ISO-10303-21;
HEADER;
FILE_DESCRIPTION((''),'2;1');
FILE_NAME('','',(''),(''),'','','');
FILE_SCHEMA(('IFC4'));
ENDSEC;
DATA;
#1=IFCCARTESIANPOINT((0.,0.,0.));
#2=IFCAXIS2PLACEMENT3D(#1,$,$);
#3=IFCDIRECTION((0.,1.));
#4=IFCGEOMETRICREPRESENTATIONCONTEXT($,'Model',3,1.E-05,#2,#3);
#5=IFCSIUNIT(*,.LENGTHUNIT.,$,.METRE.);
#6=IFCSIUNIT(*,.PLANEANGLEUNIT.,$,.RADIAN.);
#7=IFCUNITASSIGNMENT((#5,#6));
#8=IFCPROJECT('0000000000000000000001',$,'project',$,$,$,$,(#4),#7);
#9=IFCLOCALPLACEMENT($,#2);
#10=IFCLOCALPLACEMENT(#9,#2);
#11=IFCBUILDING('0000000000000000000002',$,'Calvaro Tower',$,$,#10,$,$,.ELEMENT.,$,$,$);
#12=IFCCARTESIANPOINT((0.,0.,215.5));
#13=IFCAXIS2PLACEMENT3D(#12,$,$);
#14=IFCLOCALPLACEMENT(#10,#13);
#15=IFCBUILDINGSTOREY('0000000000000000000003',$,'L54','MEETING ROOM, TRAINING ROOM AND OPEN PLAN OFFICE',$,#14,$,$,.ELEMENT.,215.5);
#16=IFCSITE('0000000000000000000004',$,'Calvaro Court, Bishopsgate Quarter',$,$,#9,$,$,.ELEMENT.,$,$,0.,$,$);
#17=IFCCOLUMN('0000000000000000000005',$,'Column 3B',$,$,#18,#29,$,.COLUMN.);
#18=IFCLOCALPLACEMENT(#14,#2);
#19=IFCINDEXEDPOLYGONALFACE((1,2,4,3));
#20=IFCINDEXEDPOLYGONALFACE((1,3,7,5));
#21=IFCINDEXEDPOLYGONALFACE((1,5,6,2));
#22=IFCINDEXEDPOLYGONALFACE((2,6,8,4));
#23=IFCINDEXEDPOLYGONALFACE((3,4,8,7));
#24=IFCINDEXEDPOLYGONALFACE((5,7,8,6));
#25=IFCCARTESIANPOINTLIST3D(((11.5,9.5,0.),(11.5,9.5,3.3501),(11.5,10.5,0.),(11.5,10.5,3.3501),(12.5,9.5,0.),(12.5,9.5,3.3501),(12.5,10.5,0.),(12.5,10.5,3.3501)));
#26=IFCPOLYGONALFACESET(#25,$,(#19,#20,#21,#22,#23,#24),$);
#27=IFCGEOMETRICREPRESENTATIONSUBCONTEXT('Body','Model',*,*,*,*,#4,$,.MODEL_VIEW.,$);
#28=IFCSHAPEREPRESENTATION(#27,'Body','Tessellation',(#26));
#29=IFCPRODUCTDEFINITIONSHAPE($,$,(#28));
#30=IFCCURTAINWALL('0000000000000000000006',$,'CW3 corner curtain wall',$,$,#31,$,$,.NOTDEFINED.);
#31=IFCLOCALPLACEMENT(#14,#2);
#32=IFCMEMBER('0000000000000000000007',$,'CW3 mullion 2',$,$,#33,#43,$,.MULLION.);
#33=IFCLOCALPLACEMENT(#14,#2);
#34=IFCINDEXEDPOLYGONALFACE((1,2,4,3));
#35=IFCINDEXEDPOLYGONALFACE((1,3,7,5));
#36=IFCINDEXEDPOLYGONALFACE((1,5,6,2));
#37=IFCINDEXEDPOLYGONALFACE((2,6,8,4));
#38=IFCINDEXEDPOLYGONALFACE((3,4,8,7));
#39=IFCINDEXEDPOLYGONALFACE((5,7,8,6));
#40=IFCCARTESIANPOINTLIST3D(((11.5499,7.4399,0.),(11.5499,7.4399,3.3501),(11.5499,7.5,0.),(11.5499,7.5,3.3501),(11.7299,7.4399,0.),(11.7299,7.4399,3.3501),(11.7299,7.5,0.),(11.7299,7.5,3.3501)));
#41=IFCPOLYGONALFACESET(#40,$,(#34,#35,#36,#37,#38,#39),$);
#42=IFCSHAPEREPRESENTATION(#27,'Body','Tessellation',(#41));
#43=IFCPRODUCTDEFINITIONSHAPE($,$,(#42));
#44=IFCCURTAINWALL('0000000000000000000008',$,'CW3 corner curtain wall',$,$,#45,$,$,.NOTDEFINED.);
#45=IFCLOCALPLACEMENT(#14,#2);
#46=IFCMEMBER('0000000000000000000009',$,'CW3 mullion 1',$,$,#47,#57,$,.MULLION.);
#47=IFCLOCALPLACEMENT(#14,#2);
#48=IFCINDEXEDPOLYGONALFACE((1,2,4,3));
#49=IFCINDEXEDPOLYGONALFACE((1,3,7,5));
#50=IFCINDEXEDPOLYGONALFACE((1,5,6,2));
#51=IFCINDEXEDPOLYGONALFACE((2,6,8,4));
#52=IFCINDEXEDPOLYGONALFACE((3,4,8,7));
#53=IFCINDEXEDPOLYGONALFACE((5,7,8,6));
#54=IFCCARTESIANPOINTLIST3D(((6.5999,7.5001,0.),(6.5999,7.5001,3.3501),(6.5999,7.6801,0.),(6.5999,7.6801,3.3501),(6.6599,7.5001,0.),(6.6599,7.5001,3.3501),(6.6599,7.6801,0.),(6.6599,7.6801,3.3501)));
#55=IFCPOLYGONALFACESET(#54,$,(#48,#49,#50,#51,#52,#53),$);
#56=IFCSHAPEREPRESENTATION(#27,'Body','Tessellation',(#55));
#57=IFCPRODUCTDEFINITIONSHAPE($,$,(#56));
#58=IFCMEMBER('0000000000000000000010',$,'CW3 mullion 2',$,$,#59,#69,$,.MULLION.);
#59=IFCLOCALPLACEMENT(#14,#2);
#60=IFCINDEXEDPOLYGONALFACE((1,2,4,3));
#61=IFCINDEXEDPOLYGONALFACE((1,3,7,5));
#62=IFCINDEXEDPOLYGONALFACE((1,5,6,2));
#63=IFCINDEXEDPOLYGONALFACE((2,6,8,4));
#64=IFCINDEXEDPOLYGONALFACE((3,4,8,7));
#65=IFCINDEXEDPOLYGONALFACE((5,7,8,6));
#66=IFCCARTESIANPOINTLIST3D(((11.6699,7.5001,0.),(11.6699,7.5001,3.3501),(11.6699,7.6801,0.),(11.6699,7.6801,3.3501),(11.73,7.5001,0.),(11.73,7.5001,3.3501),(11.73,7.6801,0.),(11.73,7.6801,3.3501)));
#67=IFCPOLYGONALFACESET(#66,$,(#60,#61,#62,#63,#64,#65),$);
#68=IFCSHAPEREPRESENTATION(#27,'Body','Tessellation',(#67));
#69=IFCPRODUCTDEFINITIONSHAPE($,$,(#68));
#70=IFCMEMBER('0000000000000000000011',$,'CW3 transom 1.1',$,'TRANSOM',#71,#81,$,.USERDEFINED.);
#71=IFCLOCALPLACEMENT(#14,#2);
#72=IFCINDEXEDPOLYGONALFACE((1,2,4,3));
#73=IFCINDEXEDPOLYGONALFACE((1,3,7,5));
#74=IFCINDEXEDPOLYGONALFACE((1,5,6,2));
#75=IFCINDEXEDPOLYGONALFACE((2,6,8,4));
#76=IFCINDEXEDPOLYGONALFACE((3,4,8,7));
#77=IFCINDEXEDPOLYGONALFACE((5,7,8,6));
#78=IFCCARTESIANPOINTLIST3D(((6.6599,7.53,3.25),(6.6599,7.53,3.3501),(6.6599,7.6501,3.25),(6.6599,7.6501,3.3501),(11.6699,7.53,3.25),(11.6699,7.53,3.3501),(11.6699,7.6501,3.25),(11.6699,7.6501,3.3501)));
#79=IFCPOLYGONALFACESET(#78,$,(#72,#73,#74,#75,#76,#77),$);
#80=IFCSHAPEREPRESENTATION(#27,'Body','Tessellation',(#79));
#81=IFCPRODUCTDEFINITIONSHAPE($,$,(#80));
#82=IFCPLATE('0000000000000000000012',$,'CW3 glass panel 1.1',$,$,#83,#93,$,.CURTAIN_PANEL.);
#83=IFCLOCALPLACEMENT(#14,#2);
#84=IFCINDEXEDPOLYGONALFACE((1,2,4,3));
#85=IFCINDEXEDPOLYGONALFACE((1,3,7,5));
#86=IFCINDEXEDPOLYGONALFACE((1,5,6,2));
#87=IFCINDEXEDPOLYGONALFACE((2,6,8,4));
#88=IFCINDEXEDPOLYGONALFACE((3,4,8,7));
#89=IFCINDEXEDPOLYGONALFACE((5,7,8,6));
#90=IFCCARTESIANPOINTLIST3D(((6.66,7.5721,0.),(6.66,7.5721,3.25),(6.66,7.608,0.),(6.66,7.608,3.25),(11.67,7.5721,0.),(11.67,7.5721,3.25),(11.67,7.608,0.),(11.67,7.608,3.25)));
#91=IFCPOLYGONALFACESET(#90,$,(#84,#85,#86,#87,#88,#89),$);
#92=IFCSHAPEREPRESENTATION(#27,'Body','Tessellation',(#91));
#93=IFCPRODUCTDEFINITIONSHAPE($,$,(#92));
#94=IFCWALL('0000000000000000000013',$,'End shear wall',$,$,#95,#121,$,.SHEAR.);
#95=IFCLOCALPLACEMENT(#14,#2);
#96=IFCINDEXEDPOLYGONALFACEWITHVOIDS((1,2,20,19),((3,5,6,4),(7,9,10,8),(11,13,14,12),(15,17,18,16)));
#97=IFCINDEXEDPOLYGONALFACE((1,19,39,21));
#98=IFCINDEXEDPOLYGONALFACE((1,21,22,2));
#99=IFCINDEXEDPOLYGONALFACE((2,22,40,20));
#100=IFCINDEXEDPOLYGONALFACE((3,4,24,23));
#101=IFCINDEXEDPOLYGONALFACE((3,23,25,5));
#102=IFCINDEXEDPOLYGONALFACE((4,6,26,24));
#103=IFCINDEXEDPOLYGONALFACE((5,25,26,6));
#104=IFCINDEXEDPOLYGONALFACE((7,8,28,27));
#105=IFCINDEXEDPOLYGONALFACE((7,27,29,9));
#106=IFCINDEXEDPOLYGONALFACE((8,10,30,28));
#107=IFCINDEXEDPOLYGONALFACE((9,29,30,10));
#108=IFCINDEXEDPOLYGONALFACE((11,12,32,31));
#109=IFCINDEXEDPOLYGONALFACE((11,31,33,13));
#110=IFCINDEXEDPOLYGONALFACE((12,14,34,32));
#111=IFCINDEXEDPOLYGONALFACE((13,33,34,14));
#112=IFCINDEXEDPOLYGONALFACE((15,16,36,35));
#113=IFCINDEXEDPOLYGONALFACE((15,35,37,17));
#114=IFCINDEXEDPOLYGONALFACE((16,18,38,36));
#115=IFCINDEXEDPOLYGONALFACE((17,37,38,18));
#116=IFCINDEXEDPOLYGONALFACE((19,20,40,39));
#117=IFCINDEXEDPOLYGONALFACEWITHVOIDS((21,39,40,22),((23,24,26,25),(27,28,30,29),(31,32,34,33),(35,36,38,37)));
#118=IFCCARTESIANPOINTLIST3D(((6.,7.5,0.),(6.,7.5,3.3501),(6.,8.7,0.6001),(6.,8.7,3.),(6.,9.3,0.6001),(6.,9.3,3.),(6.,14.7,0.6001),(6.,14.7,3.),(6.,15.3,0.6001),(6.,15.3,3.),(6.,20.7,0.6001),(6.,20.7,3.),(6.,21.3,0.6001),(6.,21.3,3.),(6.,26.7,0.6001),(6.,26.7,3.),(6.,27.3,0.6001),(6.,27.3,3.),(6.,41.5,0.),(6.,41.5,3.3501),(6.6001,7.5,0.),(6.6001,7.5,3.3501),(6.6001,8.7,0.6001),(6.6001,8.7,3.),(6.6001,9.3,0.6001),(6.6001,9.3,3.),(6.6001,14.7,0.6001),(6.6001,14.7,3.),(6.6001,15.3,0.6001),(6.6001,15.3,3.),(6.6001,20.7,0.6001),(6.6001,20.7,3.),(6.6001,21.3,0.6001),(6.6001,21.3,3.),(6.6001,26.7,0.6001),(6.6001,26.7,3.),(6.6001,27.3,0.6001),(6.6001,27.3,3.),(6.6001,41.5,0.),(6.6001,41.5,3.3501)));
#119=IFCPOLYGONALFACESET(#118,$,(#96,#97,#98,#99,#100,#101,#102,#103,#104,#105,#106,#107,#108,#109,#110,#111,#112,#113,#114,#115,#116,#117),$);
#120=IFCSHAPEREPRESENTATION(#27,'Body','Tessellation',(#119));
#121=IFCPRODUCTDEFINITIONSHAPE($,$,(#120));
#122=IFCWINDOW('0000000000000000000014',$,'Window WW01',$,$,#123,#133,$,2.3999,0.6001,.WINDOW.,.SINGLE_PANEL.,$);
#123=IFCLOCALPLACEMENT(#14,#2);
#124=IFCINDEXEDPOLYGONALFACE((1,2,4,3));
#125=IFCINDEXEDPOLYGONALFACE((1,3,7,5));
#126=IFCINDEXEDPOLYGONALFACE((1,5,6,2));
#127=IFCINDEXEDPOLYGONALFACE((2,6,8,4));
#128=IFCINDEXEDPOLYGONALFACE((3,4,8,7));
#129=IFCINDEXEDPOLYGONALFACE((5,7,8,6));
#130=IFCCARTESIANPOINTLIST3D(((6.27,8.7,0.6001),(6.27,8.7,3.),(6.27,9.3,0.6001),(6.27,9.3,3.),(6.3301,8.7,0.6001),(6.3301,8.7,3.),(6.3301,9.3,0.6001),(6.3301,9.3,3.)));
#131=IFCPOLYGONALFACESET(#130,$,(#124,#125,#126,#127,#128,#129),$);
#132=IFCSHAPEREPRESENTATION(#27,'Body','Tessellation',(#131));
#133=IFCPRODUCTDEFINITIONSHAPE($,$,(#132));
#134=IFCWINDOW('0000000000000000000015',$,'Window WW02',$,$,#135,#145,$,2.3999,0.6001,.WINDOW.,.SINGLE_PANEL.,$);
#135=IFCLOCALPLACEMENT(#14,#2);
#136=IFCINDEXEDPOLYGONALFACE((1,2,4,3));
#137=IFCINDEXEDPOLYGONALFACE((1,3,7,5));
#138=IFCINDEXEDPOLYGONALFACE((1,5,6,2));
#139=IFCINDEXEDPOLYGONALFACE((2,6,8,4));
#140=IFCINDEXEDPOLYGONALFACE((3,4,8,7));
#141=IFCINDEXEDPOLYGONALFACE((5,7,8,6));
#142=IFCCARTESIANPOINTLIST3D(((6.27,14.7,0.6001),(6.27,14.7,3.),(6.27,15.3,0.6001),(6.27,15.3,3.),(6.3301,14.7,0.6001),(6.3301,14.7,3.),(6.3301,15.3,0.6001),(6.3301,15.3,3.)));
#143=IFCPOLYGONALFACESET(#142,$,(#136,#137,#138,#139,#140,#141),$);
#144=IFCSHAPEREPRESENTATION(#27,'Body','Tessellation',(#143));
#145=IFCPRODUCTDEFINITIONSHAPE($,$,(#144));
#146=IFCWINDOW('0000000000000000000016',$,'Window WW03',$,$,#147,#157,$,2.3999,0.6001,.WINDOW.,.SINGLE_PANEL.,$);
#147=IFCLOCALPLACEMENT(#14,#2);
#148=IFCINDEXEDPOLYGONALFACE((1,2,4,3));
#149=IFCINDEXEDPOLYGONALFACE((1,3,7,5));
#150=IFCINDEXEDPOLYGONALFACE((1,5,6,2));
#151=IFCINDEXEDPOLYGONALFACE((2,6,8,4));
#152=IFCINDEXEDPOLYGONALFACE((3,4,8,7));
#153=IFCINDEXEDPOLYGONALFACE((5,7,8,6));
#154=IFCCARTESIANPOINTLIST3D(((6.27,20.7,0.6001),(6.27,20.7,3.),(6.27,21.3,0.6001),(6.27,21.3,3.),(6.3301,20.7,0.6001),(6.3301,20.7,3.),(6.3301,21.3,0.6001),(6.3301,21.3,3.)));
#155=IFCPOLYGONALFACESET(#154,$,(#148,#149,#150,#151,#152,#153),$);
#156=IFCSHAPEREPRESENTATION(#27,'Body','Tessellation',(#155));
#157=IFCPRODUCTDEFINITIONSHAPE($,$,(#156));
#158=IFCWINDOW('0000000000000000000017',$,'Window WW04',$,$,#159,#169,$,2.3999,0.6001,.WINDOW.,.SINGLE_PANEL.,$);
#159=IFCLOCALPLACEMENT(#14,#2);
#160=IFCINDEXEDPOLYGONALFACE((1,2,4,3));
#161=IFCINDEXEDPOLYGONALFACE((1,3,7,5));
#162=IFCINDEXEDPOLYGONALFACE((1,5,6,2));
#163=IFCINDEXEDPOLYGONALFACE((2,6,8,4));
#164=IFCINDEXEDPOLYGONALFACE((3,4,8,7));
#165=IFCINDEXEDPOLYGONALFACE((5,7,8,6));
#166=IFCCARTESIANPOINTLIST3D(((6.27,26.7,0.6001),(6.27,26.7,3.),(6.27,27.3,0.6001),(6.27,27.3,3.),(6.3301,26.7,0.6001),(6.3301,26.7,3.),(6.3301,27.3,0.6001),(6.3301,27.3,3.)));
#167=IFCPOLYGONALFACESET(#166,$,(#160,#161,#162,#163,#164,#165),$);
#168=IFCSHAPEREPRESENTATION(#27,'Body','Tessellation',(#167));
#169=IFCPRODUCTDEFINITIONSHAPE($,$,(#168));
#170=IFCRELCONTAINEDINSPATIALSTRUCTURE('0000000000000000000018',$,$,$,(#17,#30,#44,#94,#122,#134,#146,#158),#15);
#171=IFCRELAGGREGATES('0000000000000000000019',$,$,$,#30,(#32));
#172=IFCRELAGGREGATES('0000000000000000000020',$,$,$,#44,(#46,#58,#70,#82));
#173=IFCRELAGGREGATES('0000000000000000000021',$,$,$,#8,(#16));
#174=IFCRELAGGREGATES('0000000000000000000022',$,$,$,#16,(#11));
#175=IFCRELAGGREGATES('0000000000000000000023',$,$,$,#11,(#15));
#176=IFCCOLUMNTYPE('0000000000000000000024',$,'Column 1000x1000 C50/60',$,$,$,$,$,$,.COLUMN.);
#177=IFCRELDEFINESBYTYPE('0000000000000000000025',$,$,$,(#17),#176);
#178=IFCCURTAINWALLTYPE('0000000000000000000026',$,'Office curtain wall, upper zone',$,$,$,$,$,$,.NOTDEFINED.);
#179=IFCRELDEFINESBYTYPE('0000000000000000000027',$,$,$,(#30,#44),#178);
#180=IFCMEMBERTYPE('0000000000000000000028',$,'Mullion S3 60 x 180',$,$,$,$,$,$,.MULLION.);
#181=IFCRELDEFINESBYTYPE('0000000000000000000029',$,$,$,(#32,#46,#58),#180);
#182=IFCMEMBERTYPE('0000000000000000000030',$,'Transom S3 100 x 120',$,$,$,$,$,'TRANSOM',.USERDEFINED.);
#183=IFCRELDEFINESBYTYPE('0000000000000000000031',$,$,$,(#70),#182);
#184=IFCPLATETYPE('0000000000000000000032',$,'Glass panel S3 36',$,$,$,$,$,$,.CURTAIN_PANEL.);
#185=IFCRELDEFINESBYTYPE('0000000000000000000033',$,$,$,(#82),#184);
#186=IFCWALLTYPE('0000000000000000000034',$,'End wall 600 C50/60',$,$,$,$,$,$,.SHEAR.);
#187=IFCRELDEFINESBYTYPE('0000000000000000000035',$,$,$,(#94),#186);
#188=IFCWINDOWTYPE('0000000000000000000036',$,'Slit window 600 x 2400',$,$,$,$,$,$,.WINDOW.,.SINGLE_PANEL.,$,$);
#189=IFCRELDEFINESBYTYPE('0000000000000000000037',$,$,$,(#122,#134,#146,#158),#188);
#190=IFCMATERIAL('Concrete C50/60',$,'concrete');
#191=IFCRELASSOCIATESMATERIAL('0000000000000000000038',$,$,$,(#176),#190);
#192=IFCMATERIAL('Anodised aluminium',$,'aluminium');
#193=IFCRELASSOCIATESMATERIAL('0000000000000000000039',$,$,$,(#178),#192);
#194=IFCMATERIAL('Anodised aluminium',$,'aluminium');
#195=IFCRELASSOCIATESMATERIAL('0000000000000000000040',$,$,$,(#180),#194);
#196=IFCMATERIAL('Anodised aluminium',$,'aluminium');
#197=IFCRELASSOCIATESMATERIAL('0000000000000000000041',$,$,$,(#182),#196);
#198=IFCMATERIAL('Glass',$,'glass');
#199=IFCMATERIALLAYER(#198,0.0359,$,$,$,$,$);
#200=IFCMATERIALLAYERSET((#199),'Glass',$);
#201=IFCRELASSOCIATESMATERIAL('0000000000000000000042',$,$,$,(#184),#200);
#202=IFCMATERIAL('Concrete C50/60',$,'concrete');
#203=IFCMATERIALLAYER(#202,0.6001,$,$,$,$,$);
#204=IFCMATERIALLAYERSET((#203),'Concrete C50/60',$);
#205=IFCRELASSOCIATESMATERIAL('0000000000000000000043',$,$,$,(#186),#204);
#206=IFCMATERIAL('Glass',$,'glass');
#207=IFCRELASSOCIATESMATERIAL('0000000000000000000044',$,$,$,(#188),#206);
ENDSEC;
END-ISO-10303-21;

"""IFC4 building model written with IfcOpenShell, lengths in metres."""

from ifc_helpers import new_model, si_unit, direction, frame, frame_2d, origin, origin_2d, place, context, subcontext, project, spatial, rectangle, extrude, material, layer, layer_set, material_profile, profile_set, type_object, element, fill, aggregate, save


model = new_model("IFC4")

# Units and contexts
model_context = context("Model", 3, precision=1e-05, world=origin(), true_north=direction((0.0, 1.0)))
body_context = subcontext(model_context, "Body", "Model", "MODEL_VIEW")
ifc_project = project(units=[si_unit("LENGTHUNIT", "METRE"), si_unit("PLANEANGLEUNIT", "RADIAN")], contexts=[model_context])

# Site, building, storey
site_placement = place(None, origin())
site = spatial("IfcSite", under=ifc_project, at=site_placement, Name="Calvaro Court, Bishopsgate Quarter", CompositionType="ELEMENT", RefElevation=0.0)
building_placement = place(site_placement, origin())
building = spatial("IfcBuilding", under=site, at=building_placement, Name="Calvaro Tower", CompositionType="ELEMENT")
storey_placement = place(building_placement, frame((0.0, 0.0, 215.5)))
storey = spatial("IfcBuildingStorey", under=building, at=storey_placement, Name="L54", Description="MEETING ROOM, TRAINING ROOM AND OPEN PLAN OFFICE", CompositionType="ELEMENT", Elevation=215.5)

# Column
ifc_material_1 = material(Name="Concrete C50/60", Category="concrete")
ifc_material_profile_1 = material_profile(ifc_material_1, rectangle(XDim=1.0, YDim=1.0, at=origin_2d()), Name="RC 1000x1000")
ifc_profile_set_1 = profile_set([ifc_material_profile_1], Name="Concrete C50/60")
column_type = type_object("IfcColumnType", Name="Column 1000x1000 C50/60", PredefinedType="COLUMN", material=ifc_profile_set_1)
column_placement = place(storey_placement, frame((12.0, 10.0, 0.0), z_axis=(0.0, 0.0, 1.0), x_axis=(1.0, 0.0, 0.0)))
element("IfcColumn", 1, at=column_placement, inside=storey, type_object=column_type, Name="Column 3B", PredefinedType="COLUMN", context=body_context, shape_type="SweptSolid", body=[
    extrude(rectangle(XDim=1.0, YDim=1.0, at=origin_2d()), origin(), (0.0, 0.0, 1.0), 3.3501),
])

# Curtain wall, member
ifc_material_2 = material(Name="Anodised aluminium", Category="aluminium")
curtain_wall_type = type_object("IfcCurtainWallType", Name="Office curtain wall, upper zone", PredefinedType="NOTDEFINED", material=ifc_material_2)
curtain_wall_1_placement = place(storey_placement, origin())
curtain_wall_1 = element("IfcCurtainWall", 2, at=curtain_wall_1_placement, inside=storey, type_object=curtain_wall_type, Name="CW3 corner curtain wall", PredefinedType="NOTDEFINED")
ifc_material_3 = material(Name="Anodised aluminium", Category="aluminium")
ifc_material_profile_2 = material_profile(ifc_material_3, rectangle(XDim=0.1799, YDim=0.0601, at=origin_2d()), Name="Mullion S3 60 x 180")
ifc_profile_set_2 = profile_set([ifc_material_profile_2], Name="Anodised aluminium")
member_type_1 = type_object("IfcMemberType", Name="Mullion S3 60 x 180", PredefinedType="MULLION", material=ifc_profile_set_2)
member_1_placement = place(storey_placement, frame((11.6399, 7.47, 0.0), z_axis=(0.0, 0.0, 1.0), x_axis=(-1.0, 0.0, 0.0)))
member_1 = element("IfcMember", 3, at=member_1_placement, type_object=member_type_1, Name="CW3 mullion 2", PredefinedType="MULLION", context=body_context, shape_type="SweptSolid", body=[
    extrude(rectangle(XDim=0.1799, YDim=0.0601, at=origin_2d()), origin(), (0.0, 0.0, 1.0), 3.3501),
])
aggregate(curtain_wall_1, [member_1])

# Curtain wall, members, plate
curtain_wall_2_placement = place(storey_placement, origin())
curtain_wall_2 = element("IfcCurtainWall", 4, at=curtain_wall_2_placement, inside=storey, type_object=curtain_wall_type, Name="CW3 corner curtain wall", PredefinedType="NOTDEFINED")
member_2_placement = place(storey_placement, frame((6.6299, 7.5901, 0.0), z_axis=(0.0, 0.0, 1.0), x_axis=(0.0, 1.0, 0.0)))
member_2 = element("IfcMember", 5, at=member_2_placement, type_object=member_type_1, Name="CW3 mullion 1", PredefinedType="MULLION", context=body_context, shape_type="SweptSolid", body=[
    extrude(rectangle(XDim=0.1799, YDim=0.0601, at=origin_2d()), origin(), (0.0, 0.0, 1.0), 3.3501),
])
member_3_placement = place(storey_placement, frame((11.7, 7.5901, 0.0), z_axis=(0.0, 0.0, 1.0), x_axis=(0.0, 1.0, 0.0)))
member_3 = element("IfcMember", 6, at=member_3_placement, type_object=member_type_1, Name="CW3 mullion 2", PredefinedType="MULLION", context=body_context, shape_type="SweptSolid", body=[
    extrude(rectangle(XDim=0.1799, YDim=0.0601, at=origin_2d()), origin(), (0.0, 0.0, 1.0), 3.3501),
])
ifc_material_4 = material(Name="Anodised aluminium", Category="aluminium")
ifc_material_profile_3 = material_profile(ifc_material_4, rectangle(XDim=0.1201, YDim=0.1001, at=origin_2d()), Name="Transom S3 100 x 120")
ifc_profile_set_3 = profile_set([ifc_material_profile_3], Name="Anodised aluminium")
member_type_2 = type_object("IfcMemberType", Name="Transom S3 100 x 120", ElementType="TRANSOM", PredefinedType="USERDEFINED", material=ifc_profile_set_3)
member_4_placement = place(storey_placement, frame((6.6599, 7.5901, 3.3), z_axis=(1.0, 0.0, 0.0), x_axis=(0.0, 1.0, 0.0)))
member_4 = element("IfcMember", 7, at=member_4_placement, type_object=member_type_2, Name="CW3 transom 1.1", ObjectType="TRANSOM", PredefinedType="USERDEFINED", context=body_context, shape_type="SweptSolid", body=[
    extrude(rectangle(XDim=0.1201, YDim=0.1001, at=origin_2d()), origin(), (0.0, 0.0, 1.0), 5.01),
])
ifc_material_5 = material(Name="Glass", Category="glass")
ifc_layer_1 = layer(ifc_material_5, 0.0359)
ifc_layer_set_1 = layer_set([ifc_layer_1], Name="Glass")
plate_type = type_object("IfcPlateType", Name="Glass panel S3 36", PredefinedType="CURTAIN_PANEL", material=ifc_layer_set_1)
plate_placement = place(storey_placement, frame((9.165, 7.5901, 0.0), z_axis=(0.0, 0.0, 1.0), x_axis=(1.0, 0.0, 0.0)))
plate = element("IfcPlate", 8, at=plate_placement, type_object=plate_type, Name="CW3 glass panel 1.1", PredefinedType="CURTAIN_PANEL", context=body_context, shape_type="SweptSolid", body=[
    extrude(rectangle(XDim=5.01, YDim=0.0359, at=origin_2d()), origin(), (0.0, 0.0, 1.0), 3.25),
])
aggregate(curtain_wall_2, [member_2, member_3, member_4, plate])

# Wall, openings, windows
ifc_material_6 = material(Name="Concrete C50/60", Category="concrete")
ifc_layer_2 = layer(ifc_material_6, 0.6001)
ifc_layer_set_2 = layer_set([ifc_layer_2], Name="Concrete C50/60")
wall_type_1 = type_object("IfcWallType", Name="End wall 600 C50/60", PredefinedType="SHEAR", material=ifc_layer_set_2)
wall_1_placement = place(storey_placement, frame((6.3, 7.5, 0.0), z_axis=(0.0, 0.0, 1.0), x_axis=(0.0, 1.0, 0.0)))
wall_1 = element("IfcWall", 9, at=wall_1_placement, inside=storey, type_object=wall_type_1, Name="End shear wall", PredefinedType="SHEAR", context=body_context, shape_type="SweptSolid", body=[
    extrude(rectangle(XDim=34.0, YDim=0.6001, at=frame_2d((17.0, 0.0))), origin(), (0.0, 0.0, 1.0), 3.3501),
])
opening_1_placement = place(wall_1_placement, frame((1.2, 0.0, 0.6001)))
opening_1 = element("IfcOpeningElement", 10, at=opening_1_placement, cuts=wall_1, PredefinedType="OPENING", context=body_context, shape_type="SweptSolid", body=[
    extrude(rectangle(XDim=0.6001, YDim=2.3999, at=frame_2d((0.3, 1.2))), frame((0.0, 0.3101, 0.0), z_axis=(0.0, -1.0, 0.0), x_axis=(1.0, 0.0, 0.0)), (0.0, 0.0, 1.0), 0.6201),
])
opening_2_placement = place(wall_1_placement, frame((7.2, 0.0, 0.6001)))
opening_2 = element("IfcOpeningElement", 11, at=opening_2_placement, cuts=wall_1, PredefinedType="OPENING", context=body_context, shape_type="SweptSolid", body=[
    extrude(rectangle(XDim=0.6001, YDim=2.3999, at=frame_2d((0.3, 1.2))), frame((0.0, 0.3101, 0.0), z_axis=(0.0, -1.0, 0.0), x_axis=(1.0, 0.0, 0.0)), (0.0, 0.0, 1.0), 0.6201),
])
opening_3_placement = place(wall_1_placement, frame((13.2, 0.0, 0.6001)))
opening_3 = element("IfcOpeningElement", 12, at=opening_3_placement, cuts=wall_1, PredefinedType="OPENING", context=body_context, shape_type="SweptSolid", body=[
    extrude(rectangle(XDim=0.6001, YDim=2.3999, at=frame_2d((0.3, 1.2))), frame((0.0, 0.3101, 0.0), z_axis=(0.0, -1.0, 0.0), x_axis=(1.0, 0.0, 0.0)), (0.0, 0.0, 1.0), 0.6201),
])
opening_4_placement = place(wall_1_placement, frame((19.2, 0.0, 0.6001)))
opening_4 = element("IfcOpeningElement", 13, at=opening_4_placement, cuts=wall_1, PredefinedType="OPENING", context=body_context, shape_type="SweptSolid", body=[
    extrude(rectangle(XDim=0.6001, YDim=2.3999, at=frame_2d((0.3, 1.2))), frame((0.0, 0.3101, 0.0), z_axis=(0.0, -1.0, 0.0), x_axis=(1.0, 0.0, 0.0)), (0.0, 0.0, 1.0), 0.6201),
])
ifc_material_7 = material(Name="Glass", Category="glass")
window_type = type_object("IfcWindowType", Name="Slit window 600 x 2400", PartitioningType="SINGLE_PANEL", PredefinedType="WINDOW", material=ifc_material_7)
window_1_placement = place(opening_1_placement, origin())
window_1 = element("IfcWindow", 14, at=window_1_placement, inside=storey, type_object=window_type, Name="Window WW01", OverallHeight=2.3999, OverallWidth=0.6001, PartitioningType="SINGLE_PANEL", PredefinedType="WINDOW", context=body_context, shape_type="SweptSolid", body=[
    extrude(rectangle(XDim=0.6001, YDim=2.3999, at=frame_2d((0.3, 1.2))), frame((0.0, 0.03, 0.0), z_axis=(0.0, -1.0, 0.0), x_axis=(1.0, 0.0, 0.0)), (0.0, 0.0, 1.0), 0.0601),
])
fill(opening_1, window_1)
window_2_placement = place(opening_2_placement, origin())
window_2 = element("IfcWindow", 15, at=window_2_placement, inside=storey, type_object=window_type, Name="Window WW02", OverallHeight=2.3999, OverallWidth=0.6001, PartitioningType="SINGLE_PANEL", PredefinedType="WINDOW", context=body_context, shape_type="SweptSolid", body=[
    extrude(rectangle(XDim=0.6001, YDim=2.3999, at=frame_2d((0.3, 1.2))), frame((0.0, 0.03, 0.0), z_axis=(0.0, -1.0, 0.0), x_axis=(1.0, 0.0, 0.0)), (0.0, 0.0, 1.0), 0.0601),
])
fill(opening_2, window_2)
window_3_placement = place(opening_3_placement, origin())
window_3 = element("IfcWindow", 16, at=window_3_placement, inside=storey, type_object=window_type, Name="Window WW03", OverallHeight=2.3999, OverallWidth=0.6001, PartitioningType="SINGLE_PANEL", PredefinedType="WINDOW", context=body_context, shape_type="SweptSolid", body=[
    extrude(rectangle(XDim=0.6001, YDim=2.3999, at=frame_2d((0.3, 1.2))), frame((0.0, 0.03, 0.0), z_axis=(0.0, -1.0, 0.0), x_axis=(1.0, 0.0, 0.0)), (0.0, 0.0, 1.0), 0.0601),
])
fill(opening_3, window_3)
window_4_placement = place(opening_4_placement, origin())
window_4 = element("IfcWindow", 17, at=window_4_placement, inside=storey, type_object=window_type, Name="Window WW04", OverallHeight=2.3999, OverallWidth=0.6001, PartitioningType="SINGLE_PANEL", PredefinedType="WINDOW", context=body_context, shape_type="SweptSolid", body=[
    extrude(rectangle(XDim=0.6001, YDim=2.3999, at=frame_2d((0.3, 1.2))), frame((0.0, 0.03, 0.0), z_axis=(0.0, -1.0, 0.0), x_axis=(1.0, 0.0, 0.0)), (0.0, 0.0, 1.0), 0.0601),
])
fill(opening_4, window_4)

save(model, "model.ifc")
